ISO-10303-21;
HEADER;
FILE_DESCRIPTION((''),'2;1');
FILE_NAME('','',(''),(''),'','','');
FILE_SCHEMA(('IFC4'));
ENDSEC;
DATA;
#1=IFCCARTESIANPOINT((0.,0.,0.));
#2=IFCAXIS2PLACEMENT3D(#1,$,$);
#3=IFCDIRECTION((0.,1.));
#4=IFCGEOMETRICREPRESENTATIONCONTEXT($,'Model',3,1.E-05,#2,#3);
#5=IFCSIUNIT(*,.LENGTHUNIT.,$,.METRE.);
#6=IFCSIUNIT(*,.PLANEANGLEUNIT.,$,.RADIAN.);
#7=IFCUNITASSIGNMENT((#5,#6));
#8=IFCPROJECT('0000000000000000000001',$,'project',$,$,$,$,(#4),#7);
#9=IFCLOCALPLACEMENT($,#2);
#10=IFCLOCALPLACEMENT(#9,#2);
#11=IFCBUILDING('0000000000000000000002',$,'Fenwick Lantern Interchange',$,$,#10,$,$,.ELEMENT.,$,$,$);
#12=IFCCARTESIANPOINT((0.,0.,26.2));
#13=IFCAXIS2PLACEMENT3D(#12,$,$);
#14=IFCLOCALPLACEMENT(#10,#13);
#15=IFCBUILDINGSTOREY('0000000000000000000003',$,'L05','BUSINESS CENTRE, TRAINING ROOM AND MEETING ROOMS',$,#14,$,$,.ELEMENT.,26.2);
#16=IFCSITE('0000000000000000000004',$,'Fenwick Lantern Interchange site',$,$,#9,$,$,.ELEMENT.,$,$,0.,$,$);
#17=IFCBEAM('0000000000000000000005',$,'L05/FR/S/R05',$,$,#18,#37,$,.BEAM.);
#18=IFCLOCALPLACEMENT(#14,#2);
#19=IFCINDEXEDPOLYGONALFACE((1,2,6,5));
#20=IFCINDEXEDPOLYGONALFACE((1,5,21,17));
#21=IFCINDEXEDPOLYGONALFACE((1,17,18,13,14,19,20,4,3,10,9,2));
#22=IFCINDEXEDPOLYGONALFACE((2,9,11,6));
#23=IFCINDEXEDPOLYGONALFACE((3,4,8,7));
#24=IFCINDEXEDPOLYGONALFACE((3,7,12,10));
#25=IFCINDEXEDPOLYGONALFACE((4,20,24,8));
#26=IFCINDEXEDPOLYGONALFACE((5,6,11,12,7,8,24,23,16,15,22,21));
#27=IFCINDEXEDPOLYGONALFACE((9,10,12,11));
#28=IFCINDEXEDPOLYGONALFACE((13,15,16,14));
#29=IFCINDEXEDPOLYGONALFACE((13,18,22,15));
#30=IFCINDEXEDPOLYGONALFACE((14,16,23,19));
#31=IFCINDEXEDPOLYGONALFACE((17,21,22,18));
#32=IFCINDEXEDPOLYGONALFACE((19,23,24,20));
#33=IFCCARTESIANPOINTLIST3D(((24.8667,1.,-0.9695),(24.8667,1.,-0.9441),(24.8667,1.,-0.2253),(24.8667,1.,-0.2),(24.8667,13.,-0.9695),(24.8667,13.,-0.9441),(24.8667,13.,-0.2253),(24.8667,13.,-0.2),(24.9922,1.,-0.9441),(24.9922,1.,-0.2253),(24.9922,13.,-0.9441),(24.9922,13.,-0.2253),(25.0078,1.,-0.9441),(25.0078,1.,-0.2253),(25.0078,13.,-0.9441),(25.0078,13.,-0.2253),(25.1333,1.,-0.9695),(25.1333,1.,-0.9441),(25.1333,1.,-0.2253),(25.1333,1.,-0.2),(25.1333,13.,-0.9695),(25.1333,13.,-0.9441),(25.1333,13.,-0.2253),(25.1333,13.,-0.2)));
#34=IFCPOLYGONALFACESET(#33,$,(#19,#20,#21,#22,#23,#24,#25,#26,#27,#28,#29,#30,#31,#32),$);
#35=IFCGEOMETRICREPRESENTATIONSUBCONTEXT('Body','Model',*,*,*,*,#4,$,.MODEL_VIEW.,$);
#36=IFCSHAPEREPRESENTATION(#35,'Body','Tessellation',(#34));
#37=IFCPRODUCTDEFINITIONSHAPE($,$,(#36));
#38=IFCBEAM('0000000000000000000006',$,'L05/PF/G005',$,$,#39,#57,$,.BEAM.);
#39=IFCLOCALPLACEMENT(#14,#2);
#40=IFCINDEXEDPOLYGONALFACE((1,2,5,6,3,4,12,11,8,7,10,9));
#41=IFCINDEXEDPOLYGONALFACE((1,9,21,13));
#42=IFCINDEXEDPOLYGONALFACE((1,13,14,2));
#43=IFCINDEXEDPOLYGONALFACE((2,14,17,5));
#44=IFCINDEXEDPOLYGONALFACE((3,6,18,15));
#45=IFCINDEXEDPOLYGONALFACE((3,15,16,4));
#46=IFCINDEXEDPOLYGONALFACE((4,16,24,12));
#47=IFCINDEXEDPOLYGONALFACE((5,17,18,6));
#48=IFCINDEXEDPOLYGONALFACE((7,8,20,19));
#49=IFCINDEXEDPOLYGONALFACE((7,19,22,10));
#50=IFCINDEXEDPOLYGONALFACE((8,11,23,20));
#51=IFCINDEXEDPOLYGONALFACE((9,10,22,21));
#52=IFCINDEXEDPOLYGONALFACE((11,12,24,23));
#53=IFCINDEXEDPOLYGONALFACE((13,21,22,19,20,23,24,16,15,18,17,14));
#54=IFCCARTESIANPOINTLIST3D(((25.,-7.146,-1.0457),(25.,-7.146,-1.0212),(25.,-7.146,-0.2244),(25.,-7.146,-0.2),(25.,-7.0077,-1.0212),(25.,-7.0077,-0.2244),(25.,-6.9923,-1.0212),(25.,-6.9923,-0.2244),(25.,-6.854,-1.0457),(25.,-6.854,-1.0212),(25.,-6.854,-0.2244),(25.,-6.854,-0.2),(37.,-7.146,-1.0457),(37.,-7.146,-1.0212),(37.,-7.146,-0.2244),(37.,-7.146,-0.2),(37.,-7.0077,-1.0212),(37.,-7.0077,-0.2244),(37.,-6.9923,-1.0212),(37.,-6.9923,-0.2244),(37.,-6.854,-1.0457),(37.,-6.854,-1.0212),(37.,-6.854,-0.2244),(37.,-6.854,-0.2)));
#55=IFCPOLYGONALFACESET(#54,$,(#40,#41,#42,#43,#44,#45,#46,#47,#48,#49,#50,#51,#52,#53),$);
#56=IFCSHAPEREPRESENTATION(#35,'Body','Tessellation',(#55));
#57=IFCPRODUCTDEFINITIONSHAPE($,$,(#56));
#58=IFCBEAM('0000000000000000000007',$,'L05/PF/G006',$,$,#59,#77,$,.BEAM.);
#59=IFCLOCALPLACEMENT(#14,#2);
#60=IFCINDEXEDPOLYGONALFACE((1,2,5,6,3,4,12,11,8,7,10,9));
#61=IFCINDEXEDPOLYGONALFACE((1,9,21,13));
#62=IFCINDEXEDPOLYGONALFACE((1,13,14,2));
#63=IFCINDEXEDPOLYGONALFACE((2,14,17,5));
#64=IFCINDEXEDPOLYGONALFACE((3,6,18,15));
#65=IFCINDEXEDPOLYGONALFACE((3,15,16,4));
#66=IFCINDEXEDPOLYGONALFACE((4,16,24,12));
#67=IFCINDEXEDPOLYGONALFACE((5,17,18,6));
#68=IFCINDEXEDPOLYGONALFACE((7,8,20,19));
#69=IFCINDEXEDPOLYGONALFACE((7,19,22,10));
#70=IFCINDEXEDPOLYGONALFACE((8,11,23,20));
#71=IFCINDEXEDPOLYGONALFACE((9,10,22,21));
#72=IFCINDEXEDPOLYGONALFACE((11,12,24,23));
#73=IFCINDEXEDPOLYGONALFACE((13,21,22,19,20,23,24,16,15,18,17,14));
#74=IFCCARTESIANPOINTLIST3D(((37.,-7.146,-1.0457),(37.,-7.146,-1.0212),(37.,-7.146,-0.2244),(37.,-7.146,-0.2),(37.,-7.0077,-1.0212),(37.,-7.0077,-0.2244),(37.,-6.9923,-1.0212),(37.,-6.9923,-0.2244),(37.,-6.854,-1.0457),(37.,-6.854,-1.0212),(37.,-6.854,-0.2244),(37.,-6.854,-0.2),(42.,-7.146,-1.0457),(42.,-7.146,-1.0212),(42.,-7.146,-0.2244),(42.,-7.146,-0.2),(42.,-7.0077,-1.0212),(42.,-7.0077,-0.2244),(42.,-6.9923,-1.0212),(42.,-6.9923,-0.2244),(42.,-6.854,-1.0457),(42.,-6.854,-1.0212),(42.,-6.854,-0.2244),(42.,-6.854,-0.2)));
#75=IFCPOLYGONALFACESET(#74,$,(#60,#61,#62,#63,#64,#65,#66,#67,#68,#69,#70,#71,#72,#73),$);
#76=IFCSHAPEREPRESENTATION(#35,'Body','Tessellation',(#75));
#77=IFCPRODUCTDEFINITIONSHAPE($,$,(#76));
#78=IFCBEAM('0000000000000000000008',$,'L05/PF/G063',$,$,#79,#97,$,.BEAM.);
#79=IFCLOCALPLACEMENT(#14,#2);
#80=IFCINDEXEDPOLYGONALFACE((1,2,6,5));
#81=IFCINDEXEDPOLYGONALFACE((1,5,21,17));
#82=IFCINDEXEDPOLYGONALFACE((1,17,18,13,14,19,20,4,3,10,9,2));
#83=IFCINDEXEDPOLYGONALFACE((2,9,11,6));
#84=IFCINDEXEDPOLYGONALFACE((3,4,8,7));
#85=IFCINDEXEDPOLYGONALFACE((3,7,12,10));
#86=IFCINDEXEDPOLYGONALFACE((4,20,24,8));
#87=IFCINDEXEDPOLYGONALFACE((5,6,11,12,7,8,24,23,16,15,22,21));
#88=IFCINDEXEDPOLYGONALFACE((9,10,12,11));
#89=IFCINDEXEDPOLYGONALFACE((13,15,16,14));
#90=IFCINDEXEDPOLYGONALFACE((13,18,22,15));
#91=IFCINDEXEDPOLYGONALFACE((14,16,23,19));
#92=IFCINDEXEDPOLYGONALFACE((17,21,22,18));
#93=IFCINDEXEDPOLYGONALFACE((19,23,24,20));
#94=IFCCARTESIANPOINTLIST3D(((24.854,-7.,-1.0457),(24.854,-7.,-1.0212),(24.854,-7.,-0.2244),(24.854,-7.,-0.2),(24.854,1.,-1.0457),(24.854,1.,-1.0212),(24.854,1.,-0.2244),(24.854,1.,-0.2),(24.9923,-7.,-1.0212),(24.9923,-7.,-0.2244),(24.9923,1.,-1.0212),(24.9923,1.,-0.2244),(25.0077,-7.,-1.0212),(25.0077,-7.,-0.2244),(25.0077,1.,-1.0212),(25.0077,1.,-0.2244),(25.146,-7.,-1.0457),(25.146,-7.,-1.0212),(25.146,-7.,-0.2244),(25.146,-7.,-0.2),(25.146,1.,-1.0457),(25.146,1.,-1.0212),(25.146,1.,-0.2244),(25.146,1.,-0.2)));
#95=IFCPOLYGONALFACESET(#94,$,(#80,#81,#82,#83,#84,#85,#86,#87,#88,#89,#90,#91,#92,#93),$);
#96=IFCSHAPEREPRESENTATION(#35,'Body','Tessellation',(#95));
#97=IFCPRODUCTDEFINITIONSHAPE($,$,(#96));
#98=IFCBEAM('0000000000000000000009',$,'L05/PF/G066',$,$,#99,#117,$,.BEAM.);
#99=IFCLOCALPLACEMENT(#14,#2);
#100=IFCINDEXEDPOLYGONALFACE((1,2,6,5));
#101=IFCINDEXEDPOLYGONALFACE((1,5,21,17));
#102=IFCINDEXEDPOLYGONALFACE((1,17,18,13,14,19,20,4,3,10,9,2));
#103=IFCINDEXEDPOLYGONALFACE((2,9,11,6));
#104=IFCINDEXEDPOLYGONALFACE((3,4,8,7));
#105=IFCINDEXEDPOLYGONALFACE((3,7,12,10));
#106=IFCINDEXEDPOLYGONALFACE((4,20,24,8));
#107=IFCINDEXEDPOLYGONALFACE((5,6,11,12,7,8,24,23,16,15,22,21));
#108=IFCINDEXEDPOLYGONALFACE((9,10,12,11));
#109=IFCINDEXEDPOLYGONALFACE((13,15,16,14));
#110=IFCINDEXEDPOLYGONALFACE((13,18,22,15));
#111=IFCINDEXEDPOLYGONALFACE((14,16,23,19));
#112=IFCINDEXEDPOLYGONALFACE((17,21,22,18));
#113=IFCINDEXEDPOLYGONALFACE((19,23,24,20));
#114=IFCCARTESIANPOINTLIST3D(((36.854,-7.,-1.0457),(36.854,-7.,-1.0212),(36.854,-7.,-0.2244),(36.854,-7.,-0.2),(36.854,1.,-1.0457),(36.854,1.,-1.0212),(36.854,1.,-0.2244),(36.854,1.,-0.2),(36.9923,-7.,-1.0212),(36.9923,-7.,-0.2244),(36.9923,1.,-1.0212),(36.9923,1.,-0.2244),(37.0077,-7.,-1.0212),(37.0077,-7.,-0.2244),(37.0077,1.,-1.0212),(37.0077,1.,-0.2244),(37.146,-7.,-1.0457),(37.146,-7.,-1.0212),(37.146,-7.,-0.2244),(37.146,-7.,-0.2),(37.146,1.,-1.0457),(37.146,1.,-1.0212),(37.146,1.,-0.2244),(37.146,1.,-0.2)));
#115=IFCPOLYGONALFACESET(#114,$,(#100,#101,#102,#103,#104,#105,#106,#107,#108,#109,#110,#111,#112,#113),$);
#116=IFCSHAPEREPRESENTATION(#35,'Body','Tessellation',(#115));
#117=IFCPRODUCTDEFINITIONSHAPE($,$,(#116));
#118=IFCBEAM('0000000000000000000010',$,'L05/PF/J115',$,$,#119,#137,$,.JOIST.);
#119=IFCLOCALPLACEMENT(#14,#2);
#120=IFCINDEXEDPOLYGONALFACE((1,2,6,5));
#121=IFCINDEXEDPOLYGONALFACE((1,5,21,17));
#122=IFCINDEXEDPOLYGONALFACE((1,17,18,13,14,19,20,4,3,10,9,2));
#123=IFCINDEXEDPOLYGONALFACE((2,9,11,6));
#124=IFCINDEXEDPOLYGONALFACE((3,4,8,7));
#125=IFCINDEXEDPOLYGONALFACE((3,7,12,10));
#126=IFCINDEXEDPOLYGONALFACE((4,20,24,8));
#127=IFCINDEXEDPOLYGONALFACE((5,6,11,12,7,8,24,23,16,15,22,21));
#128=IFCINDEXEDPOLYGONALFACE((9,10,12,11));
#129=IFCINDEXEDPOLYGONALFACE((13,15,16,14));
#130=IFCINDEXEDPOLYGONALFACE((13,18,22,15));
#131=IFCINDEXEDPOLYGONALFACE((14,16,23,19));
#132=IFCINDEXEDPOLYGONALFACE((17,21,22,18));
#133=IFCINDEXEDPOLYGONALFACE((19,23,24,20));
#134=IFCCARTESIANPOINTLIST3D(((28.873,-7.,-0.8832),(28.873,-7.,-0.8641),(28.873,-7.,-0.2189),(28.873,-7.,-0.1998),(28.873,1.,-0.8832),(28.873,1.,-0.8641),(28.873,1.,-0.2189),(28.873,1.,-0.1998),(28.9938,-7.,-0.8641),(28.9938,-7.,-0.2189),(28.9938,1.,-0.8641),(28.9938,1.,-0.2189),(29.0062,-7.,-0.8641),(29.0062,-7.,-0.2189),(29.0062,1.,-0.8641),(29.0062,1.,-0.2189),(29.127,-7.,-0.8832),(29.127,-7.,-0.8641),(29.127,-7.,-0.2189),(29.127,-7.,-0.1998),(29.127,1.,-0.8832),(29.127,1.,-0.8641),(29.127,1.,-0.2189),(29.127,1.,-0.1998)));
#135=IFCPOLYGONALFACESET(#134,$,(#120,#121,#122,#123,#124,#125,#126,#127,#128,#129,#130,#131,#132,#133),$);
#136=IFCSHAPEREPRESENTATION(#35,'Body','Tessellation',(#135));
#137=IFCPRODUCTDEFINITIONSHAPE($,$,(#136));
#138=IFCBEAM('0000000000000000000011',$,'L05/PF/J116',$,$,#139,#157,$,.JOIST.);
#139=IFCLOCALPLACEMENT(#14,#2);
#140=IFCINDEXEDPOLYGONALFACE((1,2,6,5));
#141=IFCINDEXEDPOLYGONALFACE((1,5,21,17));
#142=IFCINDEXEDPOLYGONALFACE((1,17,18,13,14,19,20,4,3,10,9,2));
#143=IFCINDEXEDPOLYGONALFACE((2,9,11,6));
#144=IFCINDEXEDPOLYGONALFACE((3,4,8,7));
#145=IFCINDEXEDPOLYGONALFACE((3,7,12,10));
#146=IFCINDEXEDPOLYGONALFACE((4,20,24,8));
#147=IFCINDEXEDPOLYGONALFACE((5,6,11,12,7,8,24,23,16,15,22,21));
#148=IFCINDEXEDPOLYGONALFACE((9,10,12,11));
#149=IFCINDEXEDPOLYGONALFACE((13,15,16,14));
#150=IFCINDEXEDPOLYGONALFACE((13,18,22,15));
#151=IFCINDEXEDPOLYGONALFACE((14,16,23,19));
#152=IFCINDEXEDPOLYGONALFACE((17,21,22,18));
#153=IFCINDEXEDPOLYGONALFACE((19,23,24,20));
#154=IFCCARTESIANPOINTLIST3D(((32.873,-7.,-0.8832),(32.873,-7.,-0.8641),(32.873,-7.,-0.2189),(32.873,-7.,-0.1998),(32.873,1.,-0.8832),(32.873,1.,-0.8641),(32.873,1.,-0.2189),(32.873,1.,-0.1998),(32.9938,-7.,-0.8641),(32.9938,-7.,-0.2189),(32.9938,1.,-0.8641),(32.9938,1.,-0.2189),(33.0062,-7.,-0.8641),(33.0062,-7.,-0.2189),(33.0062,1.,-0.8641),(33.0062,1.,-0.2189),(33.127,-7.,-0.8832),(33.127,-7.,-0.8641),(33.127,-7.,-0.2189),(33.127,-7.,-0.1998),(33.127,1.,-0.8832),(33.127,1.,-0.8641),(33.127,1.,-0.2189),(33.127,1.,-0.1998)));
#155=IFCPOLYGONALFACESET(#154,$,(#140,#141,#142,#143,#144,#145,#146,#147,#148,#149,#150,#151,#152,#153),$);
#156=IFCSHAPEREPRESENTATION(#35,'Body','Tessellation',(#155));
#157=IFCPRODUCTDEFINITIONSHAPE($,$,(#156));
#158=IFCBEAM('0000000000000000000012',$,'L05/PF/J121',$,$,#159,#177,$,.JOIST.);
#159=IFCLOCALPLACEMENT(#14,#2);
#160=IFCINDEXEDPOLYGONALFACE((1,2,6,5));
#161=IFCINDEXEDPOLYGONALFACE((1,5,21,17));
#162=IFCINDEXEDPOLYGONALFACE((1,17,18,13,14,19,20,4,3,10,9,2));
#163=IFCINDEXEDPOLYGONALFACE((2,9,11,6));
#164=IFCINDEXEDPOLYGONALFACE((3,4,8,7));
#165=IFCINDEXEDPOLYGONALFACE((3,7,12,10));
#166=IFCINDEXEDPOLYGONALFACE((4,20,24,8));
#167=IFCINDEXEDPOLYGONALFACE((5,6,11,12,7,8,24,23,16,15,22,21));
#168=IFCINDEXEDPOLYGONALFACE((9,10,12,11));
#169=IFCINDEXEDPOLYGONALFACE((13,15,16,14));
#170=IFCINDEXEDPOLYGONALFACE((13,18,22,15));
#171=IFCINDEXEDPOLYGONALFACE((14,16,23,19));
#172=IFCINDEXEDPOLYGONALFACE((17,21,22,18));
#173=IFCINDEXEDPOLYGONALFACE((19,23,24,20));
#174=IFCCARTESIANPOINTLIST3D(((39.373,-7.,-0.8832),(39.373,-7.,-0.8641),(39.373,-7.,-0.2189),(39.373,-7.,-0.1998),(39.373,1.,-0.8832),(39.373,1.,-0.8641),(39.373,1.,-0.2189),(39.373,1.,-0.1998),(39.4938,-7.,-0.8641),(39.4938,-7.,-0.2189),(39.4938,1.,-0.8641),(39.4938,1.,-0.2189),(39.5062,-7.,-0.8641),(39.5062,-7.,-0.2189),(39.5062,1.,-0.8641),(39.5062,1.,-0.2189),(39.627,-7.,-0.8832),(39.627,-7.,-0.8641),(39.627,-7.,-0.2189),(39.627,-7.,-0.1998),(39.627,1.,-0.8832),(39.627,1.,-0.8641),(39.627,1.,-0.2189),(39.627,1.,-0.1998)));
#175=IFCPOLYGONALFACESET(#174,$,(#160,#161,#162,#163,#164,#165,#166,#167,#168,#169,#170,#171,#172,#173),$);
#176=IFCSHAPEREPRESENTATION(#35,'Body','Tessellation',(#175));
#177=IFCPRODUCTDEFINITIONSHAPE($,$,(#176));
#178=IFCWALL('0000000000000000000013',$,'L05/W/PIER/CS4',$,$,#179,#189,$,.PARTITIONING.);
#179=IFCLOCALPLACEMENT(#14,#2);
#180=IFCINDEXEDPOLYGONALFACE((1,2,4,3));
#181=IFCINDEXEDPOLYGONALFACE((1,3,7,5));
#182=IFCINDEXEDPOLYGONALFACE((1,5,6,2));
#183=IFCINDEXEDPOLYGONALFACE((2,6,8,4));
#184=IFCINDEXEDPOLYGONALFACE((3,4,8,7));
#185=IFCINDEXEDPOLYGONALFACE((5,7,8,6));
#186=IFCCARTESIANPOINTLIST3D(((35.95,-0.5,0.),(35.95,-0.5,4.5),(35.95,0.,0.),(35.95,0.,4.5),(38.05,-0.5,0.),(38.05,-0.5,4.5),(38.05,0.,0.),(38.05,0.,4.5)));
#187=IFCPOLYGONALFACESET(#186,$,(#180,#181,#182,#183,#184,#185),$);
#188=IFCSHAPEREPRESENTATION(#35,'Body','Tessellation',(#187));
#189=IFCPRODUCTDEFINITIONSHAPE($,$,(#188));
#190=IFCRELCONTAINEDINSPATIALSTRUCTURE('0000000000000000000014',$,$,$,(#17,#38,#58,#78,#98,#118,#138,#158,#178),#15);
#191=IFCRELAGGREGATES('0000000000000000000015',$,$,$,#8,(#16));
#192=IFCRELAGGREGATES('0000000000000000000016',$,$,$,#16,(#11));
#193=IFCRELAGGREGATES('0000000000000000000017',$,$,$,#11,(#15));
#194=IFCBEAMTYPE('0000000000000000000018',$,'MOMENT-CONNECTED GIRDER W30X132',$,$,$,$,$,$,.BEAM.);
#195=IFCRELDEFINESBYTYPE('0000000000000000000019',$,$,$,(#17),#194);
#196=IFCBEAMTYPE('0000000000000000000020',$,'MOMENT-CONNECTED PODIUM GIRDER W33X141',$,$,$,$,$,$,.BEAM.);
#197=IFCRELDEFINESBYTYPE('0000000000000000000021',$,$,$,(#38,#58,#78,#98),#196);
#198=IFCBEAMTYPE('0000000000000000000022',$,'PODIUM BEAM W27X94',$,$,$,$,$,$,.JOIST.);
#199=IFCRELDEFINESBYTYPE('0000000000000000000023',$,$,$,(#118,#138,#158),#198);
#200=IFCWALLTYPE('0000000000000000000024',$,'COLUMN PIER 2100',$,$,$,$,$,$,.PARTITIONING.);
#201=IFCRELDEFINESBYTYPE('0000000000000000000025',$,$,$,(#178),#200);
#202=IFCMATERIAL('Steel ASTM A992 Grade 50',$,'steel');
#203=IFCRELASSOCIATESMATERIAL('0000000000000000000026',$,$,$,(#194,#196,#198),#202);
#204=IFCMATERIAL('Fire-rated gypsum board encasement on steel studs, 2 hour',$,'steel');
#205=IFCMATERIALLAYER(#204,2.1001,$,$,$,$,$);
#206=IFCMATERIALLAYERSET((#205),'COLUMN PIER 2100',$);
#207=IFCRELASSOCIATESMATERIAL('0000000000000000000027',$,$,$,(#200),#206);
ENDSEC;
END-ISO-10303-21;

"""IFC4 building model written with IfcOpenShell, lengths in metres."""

from ifc_helpers import new_model, si_unit, direction, frame, frame_2d, origin, origin_2d, place, context, subcontext, project, spatial, rectangle, i_section, extrude, material, layer, layer_set, material_profile, profile_set, type_object, element, save


model = new_model("IFC4")

# Units and contexts
model_context = context("Model", 3, precision=1e-05, world=origin(), true_north=direction((0.0, 1.0)))
body_context = subcontext(model_context, "Body", "Model", "MODEL_VIEW")
ifc_project = project(units=[si_unit("LENGTHUNIT", "METRE"), si_unit("PLANEANGLEUNIT", "RADIAN")], contexts=[model_context])

# Site, building, storey
site_placement = place(None, origin())
site = spatial("IfcSite", under=ifc_project, at=site_placement, Name="Fenwick Lantern Interchange site", CompositionType="ELEMENT", RefElevation=0.0)
building_placement = place(site_placement, origin())
building = spatial("IfcBuilding", under=site, at=building_placement, Name="Fenwick Lantern Interchange", CompositionType="ELEMENT")
storey_placement = place(building_placement, frame((0.0, 0.0, 26.2)))
storey = spatial("IfcBuildingStorey", under=building, at=storey_placement, Name="L05", Description="BUSINESS CENTRE, TRAINING ROOM AND MEETING ROOMS", CompositionType="ELEMENT", Elevation=26.2)

# Shared definitions
ifc_material_1 = material(Name="Steel ASTM A992 Grade 50", Category="steel")

# Beams
ifc_material_profile_1 = material_profile(ifc_material_1, i_section(OverallWidth=0.2666, OverallDepth=0.7695, WebThickness=0.0156, FlangeThickness=0.0254, at=origin_2d()), Name="W30X132")
ifc_profile_set_1 = profile_set([ifc_material_profile_1], Name="Steel ASTM A992 Grade 50")
beam_type_1 = type_object("IfcBeamType", Name="MOMENT-CONNECTED GIRDER W30X132", PredefinedType="BEAM", material=ifc_profile_set_1)
beam_1_placement = place(storey_placement, frame((25.0, 1.0, -0.5847), z_axis=(0.0, 1.0, 0.0), x_axis=(-1.0, 0.0, 0.0)))
element("IfcBeam", 1, at=beam_1_placement, inside=storey, type_object=beam_type_1, Name="L05/FR/S/R05", PredefinedType="BEAM", context=body_context, shape_type="SweptSolid", body=[
    extrude(i_section(OverallWidth=0.2666, OverallDepth=0.7695, WebThickness=0.0156, FlangeThickness=0.0254, at=origin_2d()), origin(), (0.0, 0.0, 1.0), 12.0),
])
ifc_material_profile_2 = material_profile(ifc_material_1, i_section(OverallWidth=0.292, OverallDepth=0.8457, WebThickness=0.0154, FlangeThickness=0.0244, at=origin_2d()), Name="W33X141")
ifc_profile_set_2 = profile_set([ifc_material_profile_2], Name="Steel ASTM A992 Grade 50")
beam_type_2 = type_object("IfcBeamType", Name="MOMENT-CONNECTED PODIUM GIRDER W33X141", PredefinedType="BEAM", material=ifc_profile_set_2)
beam_2_placement = place(storey_placement, frame((25.0, -7.0, -0.6228), z_axis=(1.0, 0.0, 0.0), x_axis=(0.0, 1.0, 0.0)))
element("IfcBeam", 2, at=beam_2_placement, inside=storey, type_object=beam_type_2, Name="L05/PF/G005", PredefinedType="BEAM", context=body_context, shape_type="SweptSolid", body=[
    extrude(i_section(OverallWidth=0.292, OverallDepth=0.8457, WebThickness=0.0154, FlangeThickness=0.0244, at=origin_2d()), origin(), (0.0, 0.0, 1.0), 12.0),
])
beam_3_placement = place(storey_placement, frame((37.0, -7.0, -0.6228), z_axis=(1.0, 0.0, 0.0), x_axis=(0.0, 1.0, 0.0)))
element("IfcBeam", 3, at=beam_3_placement, inside=storey, type_object=beam_type_2, Name="L05/PF/G006", PredefinedType="BEAM", context=body_context, shape_type="SweptSolid", body=[
    extrude(i_section(OverallWidth=0.292, OverallDepth=0.8457, WebThickness=0.0154, FlangeThickness=0.0244, at=origin_2d()), origin(), (0.0, 0.0, 1.0), 5.0),
])
for number, where, z_axis, x_axis, name in (
    (4, (25.0, -7.0, -0.6228), (0.0, 1.0, 0.0), (-1.0, 0.0, 0.0), "L05/PF/G063"),
    (5, (37.0, -7.0, -0.6228), (0.0, 1.0, 0.0), (-1.0, 0.0, 0.0), "L05/PF/G066"),
):
    element("IfcBeam", number, at=place(storey_placement, frame(where, z_axis=z_axis, x_axis=x_axis)), inside=storey, type_object=beam_type_2, Name=name, PredefinedType="BEAM", context=body_context, shape_type="SweptSolid", body=[
        extrude(i_section(OverallWidth=0.292, OverallDepth=0.8457, WebThickness=0.0154, FlangeThickness=0.0244, at=origin_2d()), origin(), (0.0, 0.0, 1.0), 8.0),
    ])
ifc_material_profile_3 = material_profile(ifc_material_1, i_section(OverallWidth=0.2539, OverallDepth=0.6833, WebThickness=0.0125, FlangeThickness=0.019, at=origin_2d()), Name="W27X94")
ifc_profile_set_3 = profile_set([ifc_material_profile_3], Name="Steel ASTM A992 Grade 50")
beam_type_3 = type_object("IfcBeamType", Name="PODIUM BEAM W27X94", PredefinedType="JOIST", material=ifc_profile_set_3)
for number, where, z_axis, x_axis, name in (
    (6, (29.0, -7.0, -0.5415), (0.0, 1.0, 0.0), (-1.0, 0.0, 0.0), "L05/PF/J115"),
    (7, (33.0, -7.0, -0.5415), (0.0, 1.0, 0.0), (-1.0, 0.0, 0.0), "L05/PF/J116"),
    (8, (39.5, -7.0, -0.5415), (0.0, 1.0, 0.0), (-1.0, 0.0, 0.0), "L05/PF/J121"),
):
    element("IfcBeam", number, at=place(storey_placement, frame(where, z_axis=z_axis, x_axis=x_axis)), inside=storey, type_object=beam_type_3, Name=name, PredefinedType="JOIST", context=body_context, shape_type="SweptSolid", body=[
        extrude(i_section(OverallWidth=0.2539, OverallDepth=0.6833, WebThickness=0.0125, FlangeThickness=0.019, at=origin_2d()), origin(), (0.0, 0.0, 1.0), 8.0),
    ])

# Wall
ifc_material_2 = material(Name="Fire-rated gypsum board encasement on steel studs, 2 hour", Category="steel")
ifc_layer_1 = layer(ifc_material_2, 2.1001)
ifc_layer_set_1 = layer_set([ifc_layer_1], Name="COLUMN PIER 2100")
wall_type_1 = type_object("IfcWallType", Name="COLUMN PIER 2100", PredefinedType="PARTITIONING", material=ifc_layer_set_1)
wall_1_placement = place(storey_placement, frame((37.0, -0.5, 0.0), z_axis=(0.0, 0.0, 1.0), x_axis=(0.0, 1.0, 0.0)))
element("IfcWall", 9, at=wall_1_placement, inside=storey, type_object=wall_type_1, Name="L05/W/PIER/CS4", PredefinedType="PARTITIONING", context=body_context, shape_type="SweptSolid", body=[
    extrude(rectangle(XDim=0.5, YDim=2.1001, at=frame_2d((0.25, 0.0))), origin(), (0.0, 0.0, 1.0), 4.5),
])

save(model, "model.ifc")
